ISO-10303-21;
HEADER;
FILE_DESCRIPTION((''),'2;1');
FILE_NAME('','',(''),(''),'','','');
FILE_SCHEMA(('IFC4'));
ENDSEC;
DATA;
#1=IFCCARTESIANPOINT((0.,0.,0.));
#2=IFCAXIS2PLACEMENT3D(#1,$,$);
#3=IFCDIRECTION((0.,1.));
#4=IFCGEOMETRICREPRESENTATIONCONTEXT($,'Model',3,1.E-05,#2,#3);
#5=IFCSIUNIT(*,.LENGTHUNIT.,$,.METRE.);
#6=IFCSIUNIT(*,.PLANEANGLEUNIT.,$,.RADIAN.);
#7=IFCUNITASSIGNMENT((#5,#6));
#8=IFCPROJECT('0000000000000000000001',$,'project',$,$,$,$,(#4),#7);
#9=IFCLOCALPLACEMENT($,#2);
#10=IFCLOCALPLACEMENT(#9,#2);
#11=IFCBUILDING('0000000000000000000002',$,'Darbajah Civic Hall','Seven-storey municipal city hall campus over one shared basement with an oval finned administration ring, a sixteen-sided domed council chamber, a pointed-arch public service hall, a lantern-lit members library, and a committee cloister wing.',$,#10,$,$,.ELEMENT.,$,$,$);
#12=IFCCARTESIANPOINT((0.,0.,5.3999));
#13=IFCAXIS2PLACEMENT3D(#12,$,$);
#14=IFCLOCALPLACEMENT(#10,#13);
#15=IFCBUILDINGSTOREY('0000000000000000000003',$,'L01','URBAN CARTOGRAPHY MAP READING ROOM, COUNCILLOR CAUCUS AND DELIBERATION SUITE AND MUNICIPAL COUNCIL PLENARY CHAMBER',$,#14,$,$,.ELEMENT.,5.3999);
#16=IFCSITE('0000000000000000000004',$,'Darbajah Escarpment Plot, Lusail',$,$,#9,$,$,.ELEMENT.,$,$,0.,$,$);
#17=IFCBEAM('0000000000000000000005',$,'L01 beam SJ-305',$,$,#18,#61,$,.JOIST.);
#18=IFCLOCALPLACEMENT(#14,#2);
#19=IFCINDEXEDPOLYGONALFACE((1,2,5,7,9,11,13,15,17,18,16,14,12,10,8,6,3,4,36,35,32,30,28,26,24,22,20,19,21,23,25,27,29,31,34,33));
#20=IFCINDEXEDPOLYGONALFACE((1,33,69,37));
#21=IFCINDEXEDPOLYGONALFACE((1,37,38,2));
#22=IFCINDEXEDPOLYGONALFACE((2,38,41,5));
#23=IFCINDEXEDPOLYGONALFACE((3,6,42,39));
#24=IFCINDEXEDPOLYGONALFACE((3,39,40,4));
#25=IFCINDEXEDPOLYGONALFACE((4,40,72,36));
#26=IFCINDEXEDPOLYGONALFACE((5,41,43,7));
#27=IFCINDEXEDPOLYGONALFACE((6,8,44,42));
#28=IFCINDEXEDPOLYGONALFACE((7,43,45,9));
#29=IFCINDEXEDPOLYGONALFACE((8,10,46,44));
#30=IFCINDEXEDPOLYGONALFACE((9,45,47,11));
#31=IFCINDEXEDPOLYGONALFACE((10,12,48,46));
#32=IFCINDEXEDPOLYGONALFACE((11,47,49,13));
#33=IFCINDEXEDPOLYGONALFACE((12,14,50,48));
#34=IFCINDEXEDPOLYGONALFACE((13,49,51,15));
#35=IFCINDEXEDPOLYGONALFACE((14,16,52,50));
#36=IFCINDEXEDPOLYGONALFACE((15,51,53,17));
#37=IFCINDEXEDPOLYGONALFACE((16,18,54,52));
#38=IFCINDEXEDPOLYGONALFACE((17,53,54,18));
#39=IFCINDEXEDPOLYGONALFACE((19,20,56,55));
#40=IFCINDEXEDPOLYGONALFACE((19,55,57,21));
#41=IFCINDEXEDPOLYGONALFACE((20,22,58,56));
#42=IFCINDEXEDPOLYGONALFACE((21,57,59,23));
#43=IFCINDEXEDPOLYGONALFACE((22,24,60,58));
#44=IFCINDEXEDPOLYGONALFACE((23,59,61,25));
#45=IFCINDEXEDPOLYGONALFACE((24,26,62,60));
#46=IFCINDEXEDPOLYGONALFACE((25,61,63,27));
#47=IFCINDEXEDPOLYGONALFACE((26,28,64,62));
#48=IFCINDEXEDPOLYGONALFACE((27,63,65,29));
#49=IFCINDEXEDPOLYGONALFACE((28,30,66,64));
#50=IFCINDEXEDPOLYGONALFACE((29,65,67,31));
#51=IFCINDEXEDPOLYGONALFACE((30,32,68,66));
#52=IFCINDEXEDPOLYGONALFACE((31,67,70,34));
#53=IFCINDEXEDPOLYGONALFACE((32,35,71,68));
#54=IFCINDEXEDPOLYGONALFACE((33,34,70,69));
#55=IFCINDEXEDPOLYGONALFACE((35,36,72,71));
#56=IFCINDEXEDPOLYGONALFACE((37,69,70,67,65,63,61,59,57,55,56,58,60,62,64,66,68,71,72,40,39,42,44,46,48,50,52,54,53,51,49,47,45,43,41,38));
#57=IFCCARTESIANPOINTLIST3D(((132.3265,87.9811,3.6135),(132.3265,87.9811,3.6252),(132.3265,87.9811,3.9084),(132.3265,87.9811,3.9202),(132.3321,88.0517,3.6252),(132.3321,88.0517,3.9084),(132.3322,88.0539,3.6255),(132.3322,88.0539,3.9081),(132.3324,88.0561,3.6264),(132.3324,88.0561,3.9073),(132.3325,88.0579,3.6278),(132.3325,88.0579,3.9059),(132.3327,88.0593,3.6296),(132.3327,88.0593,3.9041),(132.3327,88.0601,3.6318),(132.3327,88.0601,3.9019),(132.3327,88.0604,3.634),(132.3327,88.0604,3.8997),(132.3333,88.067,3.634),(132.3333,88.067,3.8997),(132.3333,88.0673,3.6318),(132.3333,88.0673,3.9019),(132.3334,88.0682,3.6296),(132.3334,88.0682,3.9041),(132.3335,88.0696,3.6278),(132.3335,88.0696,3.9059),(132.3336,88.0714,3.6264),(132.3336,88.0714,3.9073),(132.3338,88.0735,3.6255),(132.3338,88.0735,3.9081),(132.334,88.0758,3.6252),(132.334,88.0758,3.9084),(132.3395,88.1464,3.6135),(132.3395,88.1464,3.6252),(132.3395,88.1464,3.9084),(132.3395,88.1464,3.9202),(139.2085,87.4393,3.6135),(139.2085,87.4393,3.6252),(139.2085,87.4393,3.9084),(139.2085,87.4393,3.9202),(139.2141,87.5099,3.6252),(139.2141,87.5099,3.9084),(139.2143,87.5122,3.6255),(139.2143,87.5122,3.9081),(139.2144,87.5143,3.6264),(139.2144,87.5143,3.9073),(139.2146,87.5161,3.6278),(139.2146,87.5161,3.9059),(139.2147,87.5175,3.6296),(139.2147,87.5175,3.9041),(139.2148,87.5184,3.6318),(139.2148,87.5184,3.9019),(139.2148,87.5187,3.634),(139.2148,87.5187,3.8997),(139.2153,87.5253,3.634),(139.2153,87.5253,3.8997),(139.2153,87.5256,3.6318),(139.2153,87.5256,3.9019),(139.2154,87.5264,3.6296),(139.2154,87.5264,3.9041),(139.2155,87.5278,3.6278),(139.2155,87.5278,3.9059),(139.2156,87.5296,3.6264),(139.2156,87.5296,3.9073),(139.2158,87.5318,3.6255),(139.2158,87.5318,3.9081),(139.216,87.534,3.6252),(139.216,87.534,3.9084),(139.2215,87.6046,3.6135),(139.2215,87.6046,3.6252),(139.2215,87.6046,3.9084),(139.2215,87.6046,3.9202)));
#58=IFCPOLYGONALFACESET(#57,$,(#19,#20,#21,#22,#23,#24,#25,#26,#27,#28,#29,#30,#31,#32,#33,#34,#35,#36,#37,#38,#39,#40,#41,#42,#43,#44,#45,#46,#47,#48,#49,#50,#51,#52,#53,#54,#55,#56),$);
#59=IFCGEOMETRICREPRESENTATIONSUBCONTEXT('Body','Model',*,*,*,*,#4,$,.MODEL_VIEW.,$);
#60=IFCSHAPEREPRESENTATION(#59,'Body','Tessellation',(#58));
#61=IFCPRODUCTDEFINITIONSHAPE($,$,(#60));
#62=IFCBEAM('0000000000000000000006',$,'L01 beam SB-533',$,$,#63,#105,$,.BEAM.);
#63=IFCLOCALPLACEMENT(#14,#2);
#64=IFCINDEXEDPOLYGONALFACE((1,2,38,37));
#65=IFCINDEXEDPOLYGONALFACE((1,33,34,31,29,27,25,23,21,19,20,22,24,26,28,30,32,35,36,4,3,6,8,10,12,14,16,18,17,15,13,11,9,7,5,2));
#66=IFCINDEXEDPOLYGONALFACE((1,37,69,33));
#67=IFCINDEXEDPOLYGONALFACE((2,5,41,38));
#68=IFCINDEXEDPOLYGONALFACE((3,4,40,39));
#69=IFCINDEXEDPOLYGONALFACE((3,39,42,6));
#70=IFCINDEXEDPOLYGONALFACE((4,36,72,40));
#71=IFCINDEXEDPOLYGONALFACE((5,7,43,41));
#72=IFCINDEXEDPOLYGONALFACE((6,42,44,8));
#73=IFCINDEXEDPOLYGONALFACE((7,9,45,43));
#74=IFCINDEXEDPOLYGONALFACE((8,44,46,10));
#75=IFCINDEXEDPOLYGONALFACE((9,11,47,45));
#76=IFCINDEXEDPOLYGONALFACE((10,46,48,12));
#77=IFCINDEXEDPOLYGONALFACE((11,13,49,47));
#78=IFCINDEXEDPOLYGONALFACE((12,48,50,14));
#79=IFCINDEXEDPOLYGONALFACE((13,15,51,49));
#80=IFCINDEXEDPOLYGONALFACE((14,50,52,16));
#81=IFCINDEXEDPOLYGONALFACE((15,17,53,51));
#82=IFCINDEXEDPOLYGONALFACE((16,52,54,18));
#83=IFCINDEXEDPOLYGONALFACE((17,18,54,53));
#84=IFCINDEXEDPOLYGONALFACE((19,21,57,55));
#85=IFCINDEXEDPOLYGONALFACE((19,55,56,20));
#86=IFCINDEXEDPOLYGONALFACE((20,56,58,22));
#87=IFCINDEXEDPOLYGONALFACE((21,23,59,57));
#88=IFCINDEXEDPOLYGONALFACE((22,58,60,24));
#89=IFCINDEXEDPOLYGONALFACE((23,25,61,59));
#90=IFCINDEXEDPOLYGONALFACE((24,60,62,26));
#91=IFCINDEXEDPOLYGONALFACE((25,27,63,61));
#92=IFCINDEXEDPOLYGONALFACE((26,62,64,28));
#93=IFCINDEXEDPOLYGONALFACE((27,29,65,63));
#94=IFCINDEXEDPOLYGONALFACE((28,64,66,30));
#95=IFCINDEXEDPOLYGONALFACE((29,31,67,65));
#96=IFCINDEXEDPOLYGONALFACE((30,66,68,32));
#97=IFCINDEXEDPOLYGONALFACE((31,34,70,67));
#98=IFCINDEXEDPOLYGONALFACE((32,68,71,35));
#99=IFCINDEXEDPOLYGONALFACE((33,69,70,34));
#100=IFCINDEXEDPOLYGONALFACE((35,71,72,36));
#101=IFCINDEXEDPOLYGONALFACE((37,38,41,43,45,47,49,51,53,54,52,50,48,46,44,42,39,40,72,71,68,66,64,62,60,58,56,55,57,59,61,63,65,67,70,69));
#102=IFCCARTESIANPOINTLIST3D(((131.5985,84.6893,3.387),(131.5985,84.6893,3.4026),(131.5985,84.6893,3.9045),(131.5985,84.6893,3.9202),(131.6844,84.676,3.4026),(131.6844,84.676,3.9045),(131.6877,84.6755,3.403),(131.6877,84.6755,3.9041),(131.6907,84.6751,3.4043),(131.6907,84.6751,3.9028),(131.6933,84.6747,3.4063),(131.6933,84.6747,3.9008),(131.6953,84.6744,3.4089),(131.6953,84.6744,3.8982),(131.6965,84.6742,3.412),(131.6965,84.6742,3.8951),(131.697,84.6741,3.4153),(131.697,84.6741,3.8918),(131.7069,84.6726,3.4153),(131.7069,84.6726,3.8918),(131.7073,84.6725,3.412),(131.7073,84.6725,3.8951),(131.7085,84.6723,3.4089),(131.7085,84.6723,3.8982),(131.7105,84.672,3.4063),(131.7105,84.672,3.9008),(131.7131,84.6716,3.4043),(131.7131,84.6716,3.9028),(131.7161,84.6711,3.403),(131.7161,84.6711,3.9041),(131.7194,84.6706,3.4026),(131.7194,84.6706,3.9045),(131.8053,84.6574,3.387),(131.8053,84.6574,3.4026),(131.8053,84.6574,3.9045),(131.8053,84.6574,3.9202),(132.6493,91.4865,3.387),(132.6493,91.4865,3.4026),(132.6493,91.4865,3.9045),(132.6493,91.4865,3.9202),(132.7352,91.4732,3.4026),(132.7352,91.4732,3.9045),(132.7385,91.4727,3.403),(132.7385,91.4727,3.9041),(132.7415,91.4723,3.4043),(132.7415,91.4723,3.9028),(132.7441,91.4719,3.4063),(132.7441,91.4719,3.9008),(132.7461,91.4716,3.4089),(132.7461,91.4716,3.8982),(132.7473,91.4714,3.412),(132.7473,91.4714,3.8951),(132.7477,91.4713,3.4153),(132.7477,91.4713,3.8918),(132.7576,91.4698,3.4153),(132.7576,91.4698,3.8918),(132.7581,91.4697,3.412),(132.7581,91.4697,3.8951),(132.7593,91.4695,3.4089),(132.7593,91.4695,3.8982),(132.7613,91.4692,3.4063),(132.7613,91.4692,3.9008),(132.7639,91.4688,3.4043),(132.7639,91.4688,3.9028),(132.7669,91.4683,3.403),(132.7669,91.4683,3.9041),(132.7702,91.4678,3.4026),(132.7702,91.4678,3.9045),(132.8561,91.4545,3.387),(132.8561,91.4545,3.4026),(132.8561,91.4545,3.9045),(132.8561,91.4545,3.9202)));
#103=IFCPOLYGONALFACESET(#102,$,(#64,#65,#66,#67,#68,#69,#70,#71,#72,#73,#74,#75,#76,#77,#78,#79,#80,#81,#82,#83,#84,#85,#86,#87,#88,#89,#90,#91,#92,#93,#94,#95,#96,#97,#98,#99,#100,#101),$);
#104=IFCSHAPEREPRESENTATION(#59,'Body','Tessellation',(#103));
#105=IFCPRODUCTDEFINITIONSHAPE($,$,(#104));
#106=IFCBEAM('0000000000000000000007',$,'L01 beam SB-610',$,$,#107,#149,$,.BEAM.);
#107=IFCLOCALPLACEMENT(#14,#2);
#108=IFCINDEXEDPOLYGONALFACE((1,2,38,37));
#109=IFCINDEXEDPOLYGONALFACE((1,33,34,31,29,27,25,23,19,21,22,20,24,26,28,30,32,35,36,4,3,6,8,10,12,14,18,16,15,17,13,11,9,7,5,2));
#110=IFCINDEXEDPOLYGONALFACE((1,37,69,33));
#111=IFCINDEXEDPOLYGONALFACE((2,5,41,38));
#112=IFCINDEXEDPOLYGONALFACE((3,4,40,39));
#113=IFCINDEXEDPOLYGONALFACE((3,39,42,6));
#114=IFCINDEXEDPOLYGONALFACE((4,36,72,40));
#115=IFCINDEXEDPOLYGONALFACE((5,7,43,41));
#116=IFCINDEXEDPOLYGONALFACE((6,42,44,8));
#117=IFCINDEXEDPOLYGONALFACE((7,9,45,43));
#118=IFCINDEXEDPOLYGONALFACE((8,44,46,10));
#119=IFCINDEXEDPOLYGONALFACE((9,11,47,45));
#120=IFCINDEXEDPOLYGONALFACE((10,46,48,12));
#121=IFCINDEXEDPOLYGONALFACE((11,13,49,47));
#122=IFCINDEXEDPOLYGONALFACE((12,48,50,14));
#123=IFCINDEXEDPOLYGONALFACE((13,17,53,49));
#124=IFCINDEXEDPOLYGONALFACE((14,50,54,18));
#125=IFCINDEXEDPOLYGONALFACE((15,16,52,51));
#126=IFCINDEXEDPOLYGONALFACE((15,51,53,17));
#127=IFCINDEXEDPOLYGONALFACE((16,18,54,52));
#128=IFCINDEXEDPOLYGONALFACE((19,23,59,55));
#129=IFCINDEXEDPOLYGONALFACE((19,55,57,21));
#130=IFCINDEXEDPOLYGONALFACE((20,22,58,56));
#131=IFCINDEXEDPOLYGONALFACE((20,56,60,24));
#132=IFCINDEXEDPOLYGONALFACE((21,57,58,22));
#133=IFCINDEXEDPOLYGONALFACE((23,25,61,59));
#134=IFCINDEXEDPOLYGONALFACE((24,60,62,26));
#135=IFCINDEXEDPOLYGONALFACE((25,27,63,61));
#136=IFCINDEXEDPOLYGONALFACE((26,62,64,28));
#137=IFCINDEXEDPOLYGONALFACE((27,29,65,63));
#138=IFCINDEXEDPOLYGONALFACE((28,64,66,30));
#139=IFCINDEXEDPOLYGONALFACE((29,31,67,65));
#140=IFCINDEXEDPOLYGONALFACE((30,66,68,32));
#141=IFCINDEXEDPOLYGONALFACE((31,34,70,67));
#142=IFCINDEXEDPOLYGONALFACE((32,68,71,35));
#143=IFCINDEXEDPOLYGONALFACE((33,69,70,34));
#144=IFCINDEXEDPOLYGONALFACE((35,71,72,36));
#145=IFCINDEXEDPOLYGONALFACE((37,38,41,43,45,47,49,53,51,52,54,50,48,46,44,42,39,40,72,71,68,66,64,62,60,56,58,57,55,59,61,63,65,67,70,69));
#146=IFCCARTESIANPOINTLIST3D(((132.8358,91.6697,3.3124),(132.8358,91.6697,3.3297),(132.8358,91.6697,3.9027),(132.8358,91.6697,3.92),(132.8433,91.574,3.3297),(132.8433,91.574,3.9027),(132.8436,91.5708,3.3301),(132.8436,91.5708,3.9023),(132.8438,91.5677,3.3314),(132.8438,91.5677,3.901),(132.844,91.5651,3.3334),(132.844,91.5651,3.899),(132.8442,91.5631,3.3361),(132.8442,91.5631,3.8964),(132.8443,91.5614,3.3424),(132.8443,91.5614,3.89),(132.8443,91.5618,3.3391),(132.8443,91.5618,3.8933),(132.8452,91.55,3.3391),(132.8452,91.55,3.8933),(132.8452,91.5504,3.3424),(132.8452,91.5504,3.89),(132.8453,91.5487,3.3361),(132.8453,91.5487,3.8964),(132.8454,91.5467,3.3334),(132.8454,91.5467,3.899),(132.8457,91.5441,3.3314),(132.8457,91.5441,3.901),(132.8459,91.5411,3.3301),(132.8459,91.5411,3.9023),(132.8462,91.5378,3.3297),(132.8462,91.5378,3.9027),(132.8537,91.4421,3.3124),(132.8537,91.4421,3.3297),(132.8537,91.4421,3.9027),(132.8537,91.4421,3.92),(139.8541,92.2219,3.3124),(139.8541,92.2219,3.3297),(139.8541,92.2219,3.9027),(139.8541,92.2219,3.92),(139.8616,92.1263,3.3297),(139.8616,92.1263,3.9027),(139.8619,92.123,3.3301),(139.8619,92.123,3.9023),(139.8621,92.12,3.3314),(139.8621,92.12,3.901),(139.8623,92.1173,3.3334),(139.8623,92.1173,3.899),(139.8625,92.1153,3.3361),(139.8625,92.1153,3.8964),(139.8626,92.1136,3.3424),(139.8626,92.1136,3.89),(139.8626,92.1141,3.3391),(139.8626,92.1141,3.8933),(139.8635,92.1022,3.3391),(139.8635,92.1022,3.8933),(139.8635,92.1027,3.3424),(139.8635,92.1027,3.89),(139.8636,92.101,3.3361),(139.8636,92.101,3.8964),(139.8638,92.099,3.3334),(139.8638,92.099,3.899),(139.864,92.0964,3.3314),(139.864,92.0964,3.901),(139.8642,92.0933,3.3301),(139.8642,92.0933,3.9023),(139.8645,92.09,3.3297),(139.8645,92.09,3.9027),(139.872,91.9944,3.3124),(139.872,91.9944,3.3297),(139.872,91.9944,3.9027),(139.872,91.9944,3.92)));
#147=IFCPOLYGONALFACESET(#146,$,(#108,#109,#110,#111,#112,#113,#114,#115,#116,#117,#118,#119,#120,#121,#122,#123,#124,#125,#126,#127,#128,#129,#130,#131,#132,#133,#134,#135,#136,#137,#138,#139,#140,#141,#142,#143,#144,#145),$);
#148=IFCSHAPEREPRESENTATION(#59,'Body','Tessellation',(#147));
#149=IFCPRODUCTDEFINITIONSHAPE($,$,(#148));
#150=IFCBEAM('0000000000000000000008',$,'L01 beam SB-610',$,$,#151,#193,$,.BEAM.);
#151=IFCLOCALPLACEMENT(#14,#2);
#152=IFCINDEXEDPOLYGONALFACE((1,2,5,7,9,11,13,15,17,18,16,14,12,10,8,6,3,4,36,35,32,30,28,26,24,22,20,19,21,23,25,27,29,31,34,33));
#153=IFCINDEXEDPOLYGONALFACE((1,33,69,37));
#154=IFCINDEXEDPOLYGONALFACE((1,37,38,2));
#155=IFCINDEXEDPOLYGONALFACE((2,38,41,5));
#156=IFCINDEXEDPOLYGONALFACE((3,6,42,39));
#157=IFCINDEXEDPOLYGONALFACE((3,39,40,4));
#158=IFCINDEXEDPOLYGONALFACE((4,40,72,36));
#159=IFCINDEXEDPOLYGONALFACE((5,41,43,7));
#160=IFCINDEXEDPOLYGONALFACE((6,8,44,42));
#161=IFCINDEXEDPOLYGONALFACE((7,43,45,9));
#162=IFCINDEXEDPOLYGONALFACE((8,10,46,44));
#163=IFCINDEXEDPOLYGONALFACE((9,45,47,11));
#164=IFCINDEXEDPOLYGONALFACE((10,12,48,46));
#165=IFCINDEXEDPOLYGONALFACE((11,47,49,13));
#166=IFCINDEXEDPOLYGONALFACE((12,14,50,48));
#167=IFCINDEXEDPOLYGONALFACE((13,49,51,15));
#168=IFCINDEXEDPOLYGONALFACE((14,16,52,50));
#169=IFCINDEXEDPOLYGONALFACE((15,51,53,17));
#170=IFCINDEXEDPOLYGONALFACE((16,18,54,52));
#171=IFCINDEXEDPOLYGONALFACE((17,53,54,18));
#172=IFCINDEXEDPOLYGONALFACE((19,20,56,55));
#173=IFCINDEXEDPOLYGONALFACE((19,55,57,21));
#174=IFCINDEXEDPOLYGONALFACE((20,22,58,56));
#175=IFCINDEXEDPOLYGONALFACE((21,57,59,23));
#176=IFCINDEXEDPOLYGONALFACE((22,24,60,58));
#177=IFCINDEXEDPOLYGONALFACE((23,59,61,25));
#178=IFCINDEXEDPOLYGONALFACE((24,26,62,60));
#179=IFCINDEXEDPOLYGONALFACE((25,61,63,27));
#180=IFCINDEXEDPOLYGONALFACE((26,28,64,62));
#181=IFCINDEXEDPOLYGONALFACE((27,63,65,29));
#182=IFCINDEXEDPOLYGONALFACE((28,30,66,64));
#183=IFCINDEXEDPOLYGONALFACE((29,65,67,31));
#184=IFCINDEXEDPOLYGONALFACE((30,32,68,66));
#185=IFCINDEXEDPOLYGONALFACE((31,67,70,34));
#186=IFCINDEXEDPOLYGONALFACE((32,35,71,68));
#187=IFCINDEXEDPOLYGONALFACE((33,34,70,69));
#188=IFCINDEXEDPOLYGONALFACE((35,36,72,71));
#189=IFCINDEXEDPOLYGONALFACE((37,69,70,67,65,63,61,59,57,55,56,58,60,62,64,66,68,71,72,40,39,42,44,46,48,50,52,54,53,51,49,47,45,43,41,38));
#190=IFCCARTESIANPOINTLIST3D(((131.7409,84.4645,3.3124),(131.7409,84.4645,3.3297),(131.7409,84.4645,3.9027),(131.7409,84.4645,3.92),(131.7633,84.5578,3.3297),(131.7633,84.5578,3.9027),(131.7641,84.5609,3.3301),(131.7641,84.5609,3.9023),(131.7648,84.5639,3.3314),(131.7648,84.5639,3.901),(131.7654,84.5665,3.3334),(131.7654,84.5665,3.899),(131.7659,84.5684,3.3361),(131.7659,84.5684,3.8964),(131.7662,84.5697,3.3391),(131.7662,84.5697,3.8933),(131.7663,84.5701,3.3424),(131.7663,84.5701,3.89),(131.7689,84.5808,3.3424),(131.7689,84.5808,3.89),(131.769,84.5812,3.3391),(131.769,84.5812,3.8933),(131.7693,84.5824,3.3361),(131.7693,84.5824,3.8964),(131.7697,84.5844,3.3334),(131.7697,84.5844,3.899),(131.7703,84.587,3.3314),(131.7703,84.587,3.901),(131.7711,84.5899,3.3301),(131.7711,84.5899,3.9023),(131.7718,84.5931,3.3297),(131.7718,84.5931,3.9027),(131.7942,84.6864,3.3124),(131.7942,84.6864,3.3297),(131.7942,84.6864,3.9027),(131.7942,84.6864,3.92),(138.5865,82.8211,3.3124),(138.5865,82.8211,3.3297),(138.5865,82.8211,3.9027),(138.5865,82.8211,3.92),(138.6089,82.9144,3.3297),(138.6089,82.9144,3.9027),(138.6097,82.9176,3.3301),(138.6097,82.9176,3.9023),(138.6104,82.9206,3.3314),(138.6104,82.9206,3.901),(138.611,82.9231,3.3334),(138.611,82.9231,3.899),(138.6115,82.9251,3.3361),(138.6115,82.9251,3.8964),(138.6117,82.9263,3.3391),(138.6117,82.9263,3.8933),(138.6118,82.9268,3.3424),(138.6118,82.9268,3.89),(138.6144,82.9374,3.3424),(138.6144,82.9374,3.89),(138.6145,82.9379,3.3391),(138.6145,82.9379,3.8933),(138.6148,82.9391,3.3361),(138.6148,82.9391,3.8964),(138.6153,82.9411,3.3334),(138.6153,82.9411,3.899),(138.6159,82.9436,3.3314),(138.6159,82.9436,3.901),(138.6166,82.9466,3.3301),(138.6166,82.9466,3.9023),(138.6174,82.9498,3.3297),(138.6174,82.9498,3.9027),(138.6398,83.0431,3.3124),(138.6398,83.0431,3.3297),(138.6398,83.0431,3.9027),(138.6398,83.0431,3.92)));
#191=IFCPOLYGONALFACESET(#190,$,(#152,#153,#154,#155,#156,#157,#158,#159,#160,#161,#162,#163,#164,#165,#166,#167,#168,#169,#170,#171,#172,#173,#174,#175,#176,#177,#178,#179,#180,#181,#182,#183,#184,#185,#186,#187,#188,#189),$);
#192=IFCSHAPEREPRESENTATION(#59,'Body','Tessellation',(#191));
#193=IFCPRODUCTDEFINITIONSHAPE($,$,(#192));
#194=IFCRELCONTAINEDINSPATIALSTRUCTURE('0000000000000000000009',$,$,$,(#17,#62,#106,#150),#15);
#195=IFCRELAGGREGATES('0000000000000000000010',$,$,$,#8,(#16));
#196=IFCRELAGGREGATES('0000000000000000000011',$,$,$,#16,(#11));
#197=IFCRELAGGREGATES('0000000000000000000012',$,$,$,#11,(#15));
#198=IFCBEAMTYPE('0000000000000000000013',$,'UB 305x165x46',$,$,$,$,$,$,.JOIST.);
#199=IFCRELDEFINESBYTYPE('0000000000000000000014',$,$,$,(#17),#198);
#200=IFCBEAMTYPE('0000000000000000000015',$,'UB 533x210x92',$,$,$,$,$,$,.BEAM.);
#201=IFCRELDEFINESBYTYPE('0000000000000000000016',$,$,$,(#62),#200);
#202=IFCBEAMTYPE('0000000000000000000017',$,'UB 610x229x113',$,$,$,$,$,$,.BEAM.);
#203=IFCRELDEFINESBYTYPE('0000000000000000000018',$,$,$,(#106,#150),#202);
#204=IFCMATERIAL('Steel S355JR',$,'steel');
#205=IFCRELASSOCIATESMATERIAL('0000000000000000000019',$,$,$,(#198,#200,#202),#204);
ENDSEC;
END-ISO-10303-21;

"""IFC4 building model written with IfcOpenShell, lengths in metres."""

from ifc_helpers import new_model, si_unit, direction, frame, origin, origin_2d, place, context, subcontext, project, spatial, i_section, extrude, material, material_profile, profile_set, type_object, element, save


model = new_model("IFC4")

# Units and contexts
model_context = context("Model", 3, precision=1e-05, world=origin(), true_north=direction((0.0, 1.0)))
body_context = subcontext(model_context, "Body", "Model", "MODEL_VIEW")
ifc_project = project(units=[si_unit("LENGTHUNIT", "METRE"), si_unit("PLANEANGLEUNIT", "RADIAN")], contexts=[model_context])

# Site, building, storey
site_placement = place(None, origin())
site = spatial("IfcSite", under=ifc_project, at=site_placement, Name="Darbajah Escarpment Plot, Lusail", CompositionType="ELEMENT", RefElevation=0.0)
building_placement = place(site_placement, origin())
building = spatial("IfcBuilding", under=site, at=building_placement, Name="Darbajah Civic Hall", Description="Seven-storey municipal city hall campus over one shared basement with an oval finned administration ring, a sixteen-sided domed council chamber, a pointed-arch public service hall, a lantern-lit members library, and a committee cloister wing.", CompositionType="ELEMENT")
storey_placement = place(building_placement, frame((0.0, 0.0, 5.3999)))
storey = spatial("IfcBuildingStorey", under=building, at=storey_placement, Name="L01", Description="URBAN CARTOGRAPHY MAP READING ROOM, COUNCILLOR CAUCUS AND DELIBERATION SUITE AND MUNICIPAL COUNCIL PLENARY CHAMBER", CompositionType="ELEMENT", Elevation=5.3999)

# Beams
ifc_material_1 = material(Name="Steel S355JR", Category="steel")
ifc_material_profile_1 = material_profile(ifc_material_1, i_section(OverallWidth=0.1658, OverallDepth=0.3066, WebThickness=0.0066, FlangeThickness=0.0117, FilletRadius=0.0088, at=origin_2d()), Name="UB 305x165x46")
ifc_profile_set_1 = profile_set([ifc_material_profile_1], Name="Steel S355JR")
beam_type_1 = type_object("IfcBeamType", Name="UB 305x165x46", PredefinedType="JOIST", material=ifc_profile_set_1)
for number, where, z_axis, x_axis, name in (
    (1, (132.333, 88.0637, 3.7668), (0.996916, -0.078476, 0.0), (0.078476, 0.996916, 0.0), "L01 beam SJ-305"),
):
    element("IfcBeam", number, at=place(storey_placement, frame(where, z_axis=z_axis, x_axis=x_axis)), inside=storey, type_object=beam_type_1, Name=name, PredefinedType="JOIST", context=body_context, shape_type="SweptSolid", body=[
        extrude(i_section(OverallWidth=0.1658, OverallDepth=0.3066, WebThickness=0.0066, FlangeThickness=0.0117, FilletRadius=0.0088, at=origin_2d()), origin(), (0.0, 0.0, 1.0), 6.9033),
    ])
ifc_material_profile_2 = material_profile(ifc_material_1, i_section(OverallWidth=0.2092, OverallDepth=0.5332, WebThickness=0.01, FlangeThickness=0.0156, FilletRadius=0.0127, at=origin_2d()), Name="UB 533x210x92")
ifc_profile_set_2 = profile_set([ifc_material_profile_2], Name="Steel S355JR")
beam_type_2 = type_object("IfcBeamType", Name="UB 533x210x92", PredefinedType="BEAM", material=ifc_profile_set_2)
beam_placement = place(storey_placement, frame((131.7019, 84.6733, 3.6536), z_axis=(0.152777, 0.988261, 0.0), x_axis=(-0.988261, 0.152777, 0.0)))
element("IfcBeam", 2, at=beam_placement, inside=storey, type_object=beam_type_2, Name="L01 beam SB-533", PredefinedType="BEAM", context=body_context, shape_type="SweptSolid", body=[
    extrude(i_section(OverallWidth=0.2092, OverallDepth=0.5332, WebThickness=0.01, FlangeThickness=0.0156, FilletRadius=0.0127, at=origin_2d()), origin(), (0.0, 0.0, 1.0), 6.8779),
])
ifc_material_profile_3 = material_profile(ifc_material_1, i_section(OverallWidth=0.2283, OverallDepth=0.6077, WebThickness=0.011, FlangeThickness=0.0173, FilletRadius=0.0127, at=origin_2d()), Name="UB 610x229x113")
ifc_profile_set_3 = profile_set([ifc_material_profile_3], Name="Steel S355JR")
beam_type_3 = type_object("IfcBeamType", Name="UB 610x229x113", PredefinedType="BEAM", material=ifc_profile_set_3)
for number, where, z_axis, x_axis, name in (
    (3, (132.8447, 91.5559, 3.6162), (0.996919, 0.078444, 0.0), (-0.078444, 0.996919, 0.0), "L01 beam SB-610"),
    (4, (131.7676, 84.5754, 3.6162), (0.972374, -0.233427, 0.0), (0.233427, 0.972374, 0.0), "L01 beam SB-610"),
):
    element("IfcBeam", number, at=place(storey_placement, frame(where, z_axis=z_axis, x_axis=x_axis)), inside=storey, type_object=beam_type_3, Name=name, PredefinedType="BEAM", context=body_context, shape_type="SweptSolid", body=[
        extrude(i_section(OverallWidth=0.2283, OverallDepth=0.6077, WebThickness=0.011, FlangeThickness=0.0173, FilletRadius=0.0127, at=origin_2d()), origin(), (0.0, 0.0, 1.0), 7.04),
    ])

save(model, "model.ifc")
